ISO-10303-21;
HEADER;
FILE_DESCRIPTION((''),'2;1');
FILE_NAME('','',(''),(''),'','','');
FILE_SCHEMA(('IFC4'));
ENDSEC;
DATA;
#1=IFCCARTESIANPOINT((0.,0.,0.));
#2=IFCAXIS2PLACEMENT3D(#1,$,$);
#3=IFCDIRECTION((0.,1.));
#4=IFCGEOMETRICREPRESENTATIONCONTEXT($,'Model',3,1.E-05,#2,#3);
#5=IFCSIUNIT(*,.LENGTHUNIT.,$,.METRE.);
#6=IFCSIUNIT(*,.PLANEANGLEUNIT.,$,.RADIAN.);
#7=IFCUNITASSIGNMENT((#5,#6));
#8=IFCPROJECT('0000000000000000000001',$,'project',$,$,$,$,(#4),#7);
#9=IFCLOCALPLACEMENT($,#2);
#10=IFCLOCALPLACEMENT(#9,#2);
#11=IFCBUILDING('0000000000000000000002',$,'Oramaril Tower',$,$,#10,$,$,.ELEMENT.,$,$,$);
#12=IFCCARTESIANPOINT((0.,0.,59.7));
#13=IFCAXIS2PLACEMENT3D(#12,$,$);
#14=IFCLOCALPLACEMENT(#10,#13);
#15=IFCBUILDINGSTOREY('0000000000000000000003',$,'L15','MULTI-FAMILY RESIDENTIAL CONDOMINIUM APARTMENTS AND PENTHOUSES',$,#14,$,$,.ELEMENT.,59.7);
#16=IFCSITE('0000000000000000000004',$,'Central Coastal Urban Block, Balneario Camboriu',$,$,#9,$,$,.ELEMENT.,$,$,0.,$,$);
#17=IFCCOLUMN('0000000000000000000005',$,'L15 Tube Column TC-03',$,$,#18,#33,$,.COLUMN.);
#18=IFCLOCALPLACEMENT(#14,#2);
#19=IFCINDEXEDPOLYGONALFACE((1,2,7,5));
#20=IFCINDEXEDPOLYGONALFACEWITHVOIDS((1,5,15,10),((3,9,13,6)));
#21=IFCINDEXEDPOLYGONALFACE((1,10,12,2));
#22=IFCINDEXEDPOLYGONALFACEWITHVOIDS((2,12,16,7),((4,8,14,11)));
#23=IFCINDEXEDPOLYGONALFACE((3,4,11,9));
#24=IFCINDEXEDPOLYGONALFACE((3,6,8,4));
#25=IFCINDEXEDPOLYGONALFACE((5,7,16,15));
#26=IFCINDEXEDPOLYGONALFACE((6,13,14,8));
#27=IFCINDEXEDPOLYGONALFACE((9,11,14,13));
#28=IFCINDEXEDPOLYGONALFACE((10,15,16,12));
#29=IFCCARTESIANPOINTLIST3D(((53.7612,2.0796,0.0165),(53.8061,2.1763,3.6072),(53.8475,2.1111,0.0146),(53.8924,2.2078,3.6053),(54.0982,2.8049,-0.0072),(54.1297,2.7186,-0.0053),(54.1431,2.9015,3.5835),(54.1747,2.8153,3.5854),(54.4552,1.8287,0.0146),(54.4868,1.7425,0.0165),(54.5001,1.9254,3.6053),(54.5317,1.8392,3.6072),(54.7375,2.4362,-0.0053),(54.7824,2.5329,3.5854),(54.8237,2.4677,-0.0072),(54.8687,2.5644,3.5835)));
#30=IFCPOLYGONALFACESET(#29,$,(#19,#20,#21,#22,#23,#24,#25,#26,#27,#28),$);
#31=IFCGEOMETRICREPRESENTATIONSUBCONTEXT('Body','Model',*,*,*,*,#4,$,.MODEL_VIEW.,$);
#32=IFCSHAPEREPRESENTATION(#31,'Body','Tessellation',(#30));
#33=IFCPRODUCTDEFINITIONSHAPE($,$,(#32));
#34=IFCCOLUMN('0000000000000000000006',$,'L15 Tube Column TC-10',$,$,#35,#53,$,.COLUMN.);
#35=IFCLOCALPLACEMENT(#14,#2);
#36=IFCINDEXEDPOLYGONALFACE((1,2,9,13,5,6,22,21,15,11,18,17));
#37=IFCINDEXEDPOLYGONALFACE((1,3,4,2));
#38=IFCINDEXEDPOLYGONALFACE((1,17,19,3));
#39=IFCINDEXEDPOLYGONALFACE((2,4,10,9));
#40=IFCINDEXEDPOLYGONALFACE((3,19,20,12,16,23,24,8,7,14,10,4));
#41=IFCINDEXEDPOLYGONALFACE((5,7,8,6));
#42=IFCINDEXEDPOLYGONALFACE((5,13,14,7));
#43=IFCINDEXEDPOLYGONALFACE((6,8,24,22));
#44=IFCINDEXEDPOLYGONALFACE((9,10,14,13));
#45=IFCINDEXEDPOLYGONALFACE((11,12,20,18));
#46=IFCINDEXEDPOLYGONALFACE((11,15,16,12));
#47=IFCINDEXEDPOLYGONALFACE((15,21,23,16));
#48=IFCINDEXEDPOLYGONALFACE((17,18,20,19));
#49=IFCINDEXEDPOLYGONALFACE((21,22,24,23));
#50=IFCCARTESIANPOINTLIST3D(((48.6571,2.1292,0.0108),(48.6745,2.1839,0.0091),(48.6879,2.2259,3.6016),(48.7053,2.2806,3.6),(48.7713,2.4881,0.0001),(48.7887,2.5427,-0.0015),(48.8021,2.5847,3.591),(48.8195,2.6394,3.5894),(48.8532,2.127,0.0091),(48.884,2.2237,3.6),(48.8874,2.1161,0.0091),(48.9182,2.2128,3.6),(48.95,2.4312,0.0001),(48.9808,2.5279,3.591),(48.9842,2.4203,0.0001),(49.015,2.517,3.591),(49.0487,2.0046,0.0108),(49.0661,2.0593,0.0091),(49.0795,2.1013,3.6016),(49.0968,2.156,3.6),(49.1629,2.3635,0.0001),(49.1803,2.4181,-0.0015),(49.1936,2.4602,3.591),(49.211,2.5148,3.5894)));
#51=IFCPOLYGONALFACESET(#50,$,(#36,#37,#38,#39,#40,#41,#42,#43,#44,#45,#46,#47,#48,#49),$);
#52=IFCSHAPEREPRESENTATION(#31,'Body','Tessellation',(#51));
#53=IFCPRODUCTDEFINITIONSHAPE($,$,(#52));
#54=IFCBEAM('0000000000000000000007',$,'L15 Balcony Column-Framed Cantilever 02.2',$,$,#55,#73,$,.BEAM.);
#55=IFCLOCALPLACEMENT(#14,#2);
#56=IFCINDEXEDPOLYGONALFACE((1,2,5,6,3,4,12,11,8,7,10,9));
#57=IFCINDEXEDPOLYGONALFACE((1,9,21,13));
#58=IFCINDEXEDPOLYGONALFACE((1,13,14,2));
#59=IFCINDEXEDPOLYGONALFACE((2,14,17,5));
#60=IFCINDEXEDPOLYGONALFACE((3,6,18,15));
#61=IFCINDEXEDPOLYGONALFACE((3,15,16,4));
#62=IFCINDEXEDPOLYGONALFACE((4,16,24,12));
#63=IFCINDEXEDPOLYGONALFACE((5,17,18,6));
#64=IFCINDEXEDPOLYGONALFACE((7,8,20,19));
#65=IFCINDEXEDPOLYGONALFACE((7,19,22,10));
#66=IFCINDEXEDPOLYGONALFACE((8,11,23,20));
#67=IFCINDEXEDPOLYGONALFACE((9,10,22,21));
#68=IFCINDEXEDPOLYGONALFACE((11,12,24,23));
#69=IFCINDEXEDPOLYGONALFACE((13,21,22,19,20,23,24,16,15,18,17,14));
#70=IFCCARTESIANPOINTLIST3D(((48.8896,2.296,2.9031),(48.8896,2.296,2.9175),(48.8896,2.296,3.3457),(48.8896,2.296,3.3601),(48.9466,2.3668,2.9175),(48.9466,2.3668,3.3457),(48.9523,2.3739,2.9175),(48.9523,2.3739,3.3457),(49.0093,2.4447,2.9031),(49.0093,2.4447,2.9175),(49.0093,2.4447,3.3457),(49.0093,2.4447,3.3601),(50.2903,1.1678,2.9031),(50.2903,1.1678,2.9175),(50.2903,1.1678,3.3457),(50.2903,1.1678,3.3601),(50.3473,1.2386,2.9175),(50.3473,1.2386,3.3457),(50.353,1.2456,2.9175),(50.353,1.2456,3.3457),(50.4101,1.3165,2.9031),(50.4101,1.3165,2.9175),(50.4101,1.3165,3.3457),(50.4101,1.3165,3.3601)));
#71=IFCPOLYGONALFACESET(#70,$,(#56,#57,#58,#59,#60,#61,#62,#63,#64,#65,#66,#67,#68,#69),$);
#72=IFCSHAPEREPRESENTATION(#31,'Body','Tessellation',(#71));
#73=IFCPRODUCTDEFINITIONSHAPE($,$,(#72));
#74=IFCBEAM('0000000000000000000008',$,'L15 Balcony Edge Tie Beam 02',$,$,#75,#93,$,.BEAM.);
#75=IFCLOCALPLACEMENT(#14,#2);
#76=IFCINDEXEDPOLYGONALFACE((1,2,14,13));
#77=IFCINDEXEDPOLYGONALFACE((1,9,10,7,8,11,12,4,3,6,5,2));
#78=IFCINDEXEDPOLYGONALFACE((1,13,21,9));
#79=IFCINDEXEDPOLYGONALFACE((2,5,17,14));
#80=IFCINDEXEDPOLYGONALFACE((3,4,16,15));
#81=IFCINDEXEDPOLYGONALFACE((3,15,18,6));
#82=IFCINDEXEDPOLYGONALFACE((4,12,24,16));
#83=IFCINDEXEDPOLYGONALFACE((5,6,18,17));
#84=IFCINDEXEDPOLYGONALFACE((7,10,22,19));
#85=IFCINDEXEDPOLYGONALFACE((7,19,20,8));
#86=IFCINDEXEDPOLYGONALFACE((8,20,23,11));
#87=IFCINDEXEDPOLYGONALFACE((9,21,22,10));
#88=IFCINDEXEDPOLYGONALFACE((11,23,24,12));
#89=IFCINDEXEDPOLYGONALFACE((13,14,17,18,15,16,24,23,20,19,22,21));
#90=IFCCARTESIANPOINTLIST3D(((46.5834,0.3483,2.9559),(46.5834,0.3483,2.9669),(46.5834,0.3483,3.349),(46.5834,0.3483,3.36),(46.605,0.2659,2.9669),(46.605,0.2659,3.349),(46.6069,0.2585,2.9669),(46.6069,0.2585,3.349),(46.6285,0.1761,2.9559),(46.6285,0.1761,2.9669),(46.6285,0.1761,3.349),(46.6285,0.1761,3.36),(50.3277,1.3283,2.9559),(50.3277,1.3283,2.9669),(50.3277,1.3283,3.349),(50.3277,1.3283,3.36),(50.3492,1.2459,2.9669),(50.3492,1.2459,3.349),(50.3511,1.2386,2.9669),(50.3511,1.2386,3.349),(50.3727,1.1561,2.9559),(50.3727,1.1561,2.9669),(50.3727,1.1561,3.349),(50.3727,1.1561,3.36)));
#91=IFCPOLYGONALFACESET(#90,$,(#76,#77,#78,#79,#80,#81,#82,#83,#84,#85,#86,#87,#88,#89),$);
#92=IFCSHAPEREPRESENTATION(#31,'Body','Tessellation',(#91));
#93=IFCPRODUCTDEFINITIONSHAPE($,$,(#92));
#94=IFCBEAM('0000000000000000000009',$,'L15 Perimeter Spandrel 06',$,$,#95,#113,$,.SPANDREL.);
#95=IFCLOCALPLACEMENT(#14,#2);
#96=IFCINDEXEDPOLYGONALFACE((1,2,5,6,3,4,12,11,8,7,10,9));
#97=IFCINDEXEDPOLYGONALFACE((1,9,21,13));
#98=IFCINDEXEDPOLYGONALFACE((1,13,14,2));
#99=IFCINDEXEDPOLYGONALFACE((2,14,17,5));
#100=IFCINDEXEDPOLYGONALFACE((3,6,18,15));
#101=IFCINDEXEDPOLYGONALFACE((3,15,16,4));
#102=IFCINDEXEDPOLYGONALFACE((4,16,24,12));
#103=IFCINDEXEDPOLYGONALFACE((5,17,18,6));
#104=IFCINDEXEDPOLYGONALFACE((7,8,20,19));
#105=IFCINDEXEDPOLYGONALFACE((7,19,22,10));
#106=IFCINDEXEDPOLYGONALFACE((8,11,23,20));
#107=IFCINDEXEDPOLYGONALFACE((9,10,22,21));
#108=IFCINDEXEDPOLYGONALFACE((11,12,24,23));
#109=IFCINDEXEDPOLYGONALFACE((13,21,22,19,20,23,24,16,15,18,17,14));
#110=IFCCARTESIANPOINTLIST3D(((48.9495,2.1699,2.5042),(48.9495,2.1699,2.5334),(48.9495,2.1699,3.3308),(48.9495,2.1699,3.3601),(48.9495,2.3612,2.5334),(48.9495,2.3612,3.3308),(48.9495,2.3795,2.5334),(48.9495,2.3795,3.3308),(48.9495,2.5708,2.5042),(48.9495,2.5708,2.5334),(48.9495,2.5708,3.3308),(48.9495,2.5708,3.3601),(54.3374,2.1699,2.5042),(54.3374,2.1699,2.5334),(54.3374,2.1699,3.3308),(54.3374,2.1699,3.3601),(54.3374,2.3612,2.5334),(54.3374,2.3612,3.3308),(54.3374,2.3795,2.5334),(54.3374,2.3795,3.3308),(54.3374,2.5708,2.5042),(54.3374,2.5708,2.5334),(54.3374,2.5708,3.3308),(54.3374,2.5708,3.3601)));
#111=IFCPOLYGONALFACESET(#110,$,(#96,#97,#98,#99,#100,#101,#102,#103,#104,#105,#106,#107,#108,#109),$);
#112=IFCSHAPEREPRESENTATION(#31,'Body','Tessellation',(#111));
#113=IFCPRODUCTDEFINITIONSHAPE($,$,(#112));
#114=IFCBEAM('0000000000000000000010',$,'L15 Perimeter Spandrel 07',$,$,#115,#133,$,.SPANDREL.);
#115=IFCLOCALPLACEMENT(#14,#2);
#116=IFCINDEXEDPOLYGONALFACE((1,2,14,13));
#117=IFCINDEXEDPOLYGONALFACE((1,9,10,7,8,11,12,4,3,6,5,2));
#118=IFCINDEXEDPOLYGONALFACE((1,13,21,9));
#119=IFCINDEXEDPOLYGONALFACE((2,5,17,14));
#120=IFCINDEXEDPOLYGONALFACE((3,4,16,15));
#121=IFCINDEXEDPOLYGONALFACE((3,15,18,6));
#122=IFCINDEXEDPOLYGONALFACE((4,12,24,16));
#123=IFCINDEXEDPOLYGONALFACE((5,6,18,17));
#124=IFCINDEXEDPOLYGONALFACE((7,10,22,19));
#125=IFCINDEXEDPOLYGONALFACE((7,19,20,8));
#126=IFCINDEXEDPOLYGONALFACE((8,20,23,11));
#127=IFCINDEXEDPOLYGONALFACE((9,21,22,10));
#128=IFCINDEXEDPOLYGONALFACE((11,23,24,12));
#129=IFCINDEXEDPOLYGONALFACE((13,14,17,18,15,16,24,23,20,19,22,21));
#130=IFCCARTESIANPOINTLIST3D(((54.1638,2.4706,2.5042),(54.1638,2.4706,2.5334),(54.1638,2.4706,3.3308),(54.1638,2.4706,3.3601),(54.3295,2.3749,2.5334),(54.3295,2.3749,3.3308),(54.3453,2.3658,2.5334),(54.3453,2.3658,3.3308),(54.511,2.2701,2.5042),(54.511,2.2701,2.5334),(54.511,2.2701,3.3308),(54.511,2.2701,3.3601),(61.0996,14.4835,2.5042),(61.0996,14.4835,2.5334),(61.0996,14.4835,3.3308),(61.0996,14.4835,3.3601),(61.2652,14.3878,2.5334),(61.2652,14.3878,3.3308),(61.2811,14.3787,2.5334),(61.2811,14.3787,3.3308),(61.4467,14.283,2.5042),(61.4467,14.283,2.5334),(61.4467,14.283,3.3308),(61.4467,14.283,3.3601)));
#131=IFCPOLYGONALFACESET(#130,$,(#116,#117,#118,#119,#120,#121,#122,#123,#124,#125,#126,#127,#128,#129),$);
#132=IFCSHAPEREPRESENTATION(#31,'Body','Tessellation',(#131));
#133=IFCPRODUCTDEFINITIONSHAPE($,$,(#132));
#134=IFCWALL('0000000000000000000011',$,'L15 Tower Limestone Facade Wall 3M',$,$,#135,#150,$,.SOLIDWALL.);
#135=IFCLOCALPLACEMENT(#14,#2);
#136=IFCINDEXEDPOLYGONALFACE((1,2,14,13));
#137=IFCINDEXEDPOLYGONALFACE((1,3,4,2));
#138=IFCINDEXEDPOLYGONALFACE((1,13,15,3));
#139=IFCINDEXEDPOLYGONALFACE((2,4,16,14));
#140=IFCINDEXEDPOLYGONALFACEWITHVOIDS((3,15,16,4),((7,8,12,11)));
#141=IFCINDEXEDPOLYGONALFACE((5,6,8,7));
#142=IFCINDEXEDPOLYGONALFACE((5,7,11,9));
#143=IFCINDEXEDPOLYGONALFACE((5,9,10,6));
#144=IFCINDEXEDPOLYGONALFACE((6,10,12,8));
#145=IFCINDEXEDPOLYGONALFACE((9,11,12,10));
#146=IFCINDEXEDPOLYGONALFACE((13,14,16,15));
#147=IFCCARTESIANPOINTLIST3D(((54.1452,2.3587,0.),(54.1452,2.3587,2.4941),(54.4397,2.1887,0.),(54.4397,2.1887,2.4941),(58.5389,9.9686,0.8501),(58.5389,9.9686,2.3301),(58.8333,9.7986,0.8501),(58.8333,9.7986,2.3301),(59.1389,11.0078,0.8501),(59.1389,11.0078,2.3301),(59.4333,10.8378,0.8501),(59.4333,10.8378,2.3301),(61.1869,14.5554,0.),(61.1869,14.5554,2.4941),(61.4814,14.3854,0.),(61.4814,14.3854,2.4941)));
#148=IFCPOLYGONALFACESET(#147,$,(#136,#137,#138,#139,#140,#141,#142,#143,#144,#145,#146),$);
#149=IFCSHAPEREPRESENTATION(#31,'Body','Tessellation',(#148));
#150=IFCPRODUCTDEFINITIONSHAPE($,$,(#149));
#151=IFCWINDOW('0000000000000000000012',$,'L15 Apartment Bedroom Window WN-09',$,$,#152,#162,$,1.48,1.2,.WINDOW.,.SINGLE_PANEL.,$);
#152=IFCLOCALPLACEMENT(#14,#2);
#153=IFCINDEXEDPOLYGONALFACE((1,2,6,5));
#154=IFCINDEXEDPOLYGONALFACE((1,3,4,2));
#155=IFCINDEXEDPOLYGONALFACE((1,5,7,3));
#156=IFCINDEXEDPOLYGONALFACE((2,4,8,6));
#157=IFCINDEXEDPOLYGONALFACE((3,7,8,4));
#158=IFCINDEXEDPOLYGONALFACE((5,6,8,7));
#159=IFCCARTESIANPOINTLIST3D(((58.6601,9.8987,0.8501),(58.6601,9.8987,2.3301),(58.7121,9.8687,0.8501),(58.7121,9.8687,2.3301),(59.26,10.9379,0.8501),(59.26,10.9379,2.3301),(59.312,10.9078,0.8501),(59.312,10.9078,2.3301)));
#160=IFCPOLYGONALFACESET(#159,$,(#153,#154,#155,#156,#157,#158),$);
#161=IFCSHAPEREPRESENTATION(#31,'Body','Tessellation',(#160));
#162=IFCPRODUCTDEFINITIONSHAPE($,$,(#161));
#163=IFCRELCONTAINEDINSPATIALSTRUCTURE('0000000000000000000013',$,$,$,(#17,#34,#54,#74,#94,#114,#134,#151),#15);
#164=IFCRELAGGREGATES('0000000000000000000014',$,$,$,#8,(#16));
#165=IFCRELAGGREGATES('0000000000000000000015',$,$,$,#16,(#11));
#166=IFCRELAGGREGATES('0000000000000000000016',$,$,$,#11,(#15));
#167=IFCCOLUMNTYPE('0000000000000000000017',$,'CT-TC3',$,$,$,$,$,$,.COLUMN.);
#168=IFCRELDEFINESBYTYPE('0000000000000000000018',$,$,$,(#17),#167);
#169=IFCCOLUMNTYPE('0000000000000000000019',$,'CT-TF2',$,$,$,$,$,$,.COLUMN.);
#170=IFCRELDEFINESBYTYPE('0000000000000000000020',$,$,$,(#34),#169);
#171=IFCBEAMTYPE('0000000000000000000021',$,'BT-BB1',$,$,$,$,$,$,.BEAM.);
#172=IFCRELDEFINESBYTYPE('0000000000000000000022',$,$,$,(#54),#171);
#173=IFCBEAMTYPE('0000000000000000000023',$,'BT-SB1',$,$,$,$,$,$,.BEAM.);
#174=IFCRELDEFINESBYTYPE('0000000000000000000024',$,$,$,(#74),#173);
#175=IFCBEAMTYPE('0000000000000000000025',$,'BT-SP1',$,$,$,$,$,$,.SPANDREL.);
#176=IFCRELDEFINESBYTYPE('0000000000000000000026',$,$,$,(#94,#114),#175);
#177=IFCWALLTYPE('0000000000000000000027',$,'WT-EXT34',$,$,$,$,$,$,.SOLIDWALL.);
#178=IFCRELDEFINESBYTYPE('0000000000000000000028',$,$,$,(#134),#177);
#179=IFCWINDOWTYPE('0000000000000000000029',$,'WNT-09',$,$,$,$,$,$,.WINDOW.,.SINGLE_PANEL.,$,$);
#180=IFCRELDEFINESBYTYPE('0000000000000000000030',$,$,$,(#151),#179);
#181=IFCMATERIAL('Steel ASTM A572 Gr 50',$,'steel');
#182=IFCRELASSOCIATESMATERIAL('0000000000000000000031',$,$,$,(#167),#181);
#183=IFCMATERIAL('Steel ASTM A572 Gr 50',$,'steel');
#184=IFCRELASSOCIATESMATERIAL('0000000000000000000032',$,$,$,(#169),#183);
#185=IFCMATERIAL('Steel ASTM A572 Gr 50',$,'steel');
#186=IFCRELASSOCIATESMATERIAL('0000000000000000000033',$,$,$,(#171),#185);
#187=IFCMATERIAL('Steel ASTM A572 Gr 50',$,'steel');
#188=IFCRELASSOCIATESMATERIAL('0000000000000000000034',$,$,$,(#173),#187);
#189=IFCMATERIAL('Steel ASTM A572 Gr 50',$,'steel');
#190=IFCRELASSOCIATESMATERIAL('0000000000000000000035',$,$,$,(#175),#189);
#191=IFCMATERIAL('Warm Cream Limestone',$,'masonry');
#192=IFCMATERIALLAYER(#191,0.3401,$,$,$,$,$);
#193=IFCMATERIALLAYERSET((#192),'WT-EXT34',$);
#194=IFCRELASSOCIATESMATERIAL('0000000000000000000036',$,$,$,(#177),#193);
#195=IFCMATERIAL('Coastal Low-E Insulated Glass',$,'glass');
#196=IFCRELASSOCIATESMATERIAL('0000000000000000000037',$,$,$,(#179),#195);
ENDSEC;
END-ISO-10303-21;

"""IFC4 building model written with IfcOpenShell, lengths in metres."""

from ifc_helpers import new_model, si_unit, direction, frame, frame_2d, origin, origin_2d, place, context, subcontext, project, spatial, rectangle, hollow_rectangle, i_section, extrude, material, layer, layer_set, material_profile, profile_set, type_object, element, fill, save


model = new_model("IFC4")

# Units and contexts
model_context = context("Model", 3, precision=1e-05, world=origin(), true_north=direction((0.0, 1.0)))
body_context = subcontext(model_context, "Body", "Model", "MODEL_VIEW")
ifc_project = project(units=[si_unit("LENGTHUNIT", "METRE"), si_unit("PLANEANGLEUNIT", "RADIAN")], contexts=[model_context])

# Site, building, storey
site_placement = place(None, origin())
site = spatial("IfcSite", under=ifc_project, at=site_placement, Name="Central Coastal Urban Block, Balneario Camboriu", CompositionType="ELEMENT", RefElevation=0.0)
building_placement = place(site_placement, origin())
building = spatial("IfcBuilding", under=site, at=building_placement, Name="Oramaril Tower", CompositionType="ELEMENT")
storey_placement = place(building_placement, frame((0.0, 0.0, 59.7)))
storey = spatial("IfcBuildingStorey", under=building, at=storey_placement, Name="L15", Description="MULTI-FAMILY RESIDENTIAL CONDOMINIUM APARTMENTS AND PENTHOUSES", CompositionType="ELEMENT", Elevation=59.7)

# Columns
ifc_material_1 = material(Name="Steel ASTM A572 Gr 50", Category="steel")
ifc_material_profile_1 = material_profile(ifc_material_1, hollow_rectangle(XDim=0.8, YDim=0.8, WallThickness=0.0649, at=origin_2d()), Name="BOX800X800X65")
ifc_profile_set_1 = profile_set([ifc_material_profile_1], Name="Steel ASTM A572 Gr 50")
column_type_1 = type_object("IfcColumnType", Name="CT-TC3", PredefinedType="COLUMN", material=ifc_profile_set_1)
column_1_placement = place(storey_placement, frame((54.2925, 2.2737, 0.0046), z_axis=(0.012505, 0.026912, 0.99956), x_axis=(-0.906884, 0.42138, 0.0)))
element("IfcColumn", 1, at=column_1_placement, inside=storey, type_object=column_type_1, Name="L15 Tube Column TC-03", PredefinedType="COLUMN", context=body_context, shape_type="SweptSolid", body=[
    extrude(hollow_rectangle(XDim=0.8, YDim=0.8, WallThickness=0.0649, at=origin_2d()), origin(), (0.0, 0.0, 1.0), 3.5923),
])
ifc_material_2 = material(Name="Steel ASTM A572 Gr 50", Category="steel")
ifc_material_profile_2 = material_profile(ifc_material_2, i_section(OverallWidth=0.4109, OverallDepth=0.4341, WebThickness=0.0359, FlangeThickness=0.0574, at=origin_2d()), Name="W14X311")
ifc_profile_set_2 = profile_set([ifc_material_profile_2], Name="Steel ASTM A572 Gr 50")
column_type_2 = type_object("IfcColumnType", Name="CT-TF2", PredefinedType="COLUMN", material=ifc_profile_set_2)
column_2_placement = place(storey_placement, frame((48.9187, 2.2737, 0.0046), z_axis=(0.008563, 0.026913, 0.999601), x_axis=(-0.952926, 0.303204, 0.0)))
element("IfcColumn", 2, at=column_2_placement, inside=storey, type_object=column_type_2, Name="L15 Tube Column TC-10", PredefinedType="COLUMN", context=body_context, shape_type="SweptSolid", body=[
    extrude(i_section(OverallWidth=0.4109, OverallDepth=0.4341, WebThickness=0.0359, FlangeThickness=0.0574, at=origin_2d()), origin(), (0.0, 0.0, 1.0), 3.5923),
])

# Beams
ifc_material_3 = material(Name="Steel ASTM A572 Gr 50", Category="steel")
ifc_material_profile_3 = material_profile(ifc_material_3, i_section(OverallWidth=0.1909, OverallDepth=0.457, WebThickness=0.009, FlangeThickness=0.0144, at=origin_2d()), Name="W18X50")
ifc_profile_set_3 = profile_set([ifc_material_profile_3], Name="Steel ASTM A572 Gr 50")
beam_type_1 = type_object("IfcBeamType", Name="BT-BB1", PredefinedType="BEAM", material=ifc_profile_set_3)
beam_1_placement = place(storey_placement, frame((48.9495, 2.3704, 3.1316), z_axis=(0.778785, -0.627291, 0.0), x_axis=(0.627291, 0.778785, 0.0)))
element("IfcBeam", 3, at=beam_1_placement, inside=storey, type_object=beam_type_1, Name="L15 Balcony Column-Framed Cantilever 02.2", PredefinedType="BEAM", context=body_context, shape_type="SweptSolid", body=[
    extrude(i_section(OverallWidth=0.1909, OverallDepth=0.457, WebThickness=0.009, FlangeThickness=0.0144, at=origin_2d()), origin(), (0.0, 0.0, 1.0), 1.7986),
])
ifc_material_4 = material(Name="Steel ASTM A572 Gr 50", Category="steel")
ifc_material_profile_4 = material_profile(ifc_material_4, i_section(OverallWidth=0.178, OverallDepth=0.4041, WebThickness=0.0076, FlangeThickness=0.011, at=origin_2d()), Name="W16X36")
ifc_profile_set_4 = profile_set([ifc_material_profile_4], Name="Steel ASTM A572 Gr 50")
beam_type_2 = type_object("IfcBeamType", Name="BT-SB1", PredefinedType="BEAM", material=ifc_profile_set_4)
beam_2_placement = place(storey_placement, frame((46.606, 0.2622, 3.158), z_axis=(0.967412, 0.253208, 0.0), x_axis=(-0.253208, 0.967412, 0.0)))
element("IfcBeam", 4, at=beam_2_placement, inside=storey, type_object=beam_type_2, Name="L15 Balcony Edge Tie Beam 02", PredefinedType="BEAM", context=body_context, shape_type="SweptSolid", body=[
    extrude(i_section(OverallWidth=0.178, OverallDepth=0.4041, WebThickness=0.0076, FlangeThickness=0.011, at=origin_2d()), origin(), (0.0, 0.0, 1.0), 3.8704),
])
ifc_material_5 = material(Name="Steel ASTM A572 Gr 50", Category="steel")
ifc_material_profile_5 = material_profile(ifc_material_5, i_section(OverallWidth=0.4009, OverallDepth=0.856, WebThickness=0.0183, FlangeThickness=0.0293, at=origin_2d()), Name="W33X201")
ifc_profile_set_5 = profile_set([ifc_material_profile_5], Name="Steel ASTM A572 Gr 50")
beam_type_3 = type_object("IfcBeamType", Name="BT-SP1", PredefinedType="SPANDREL", material=ifc_profile_set_5)
beam_3_placement = place(storey_placement, frame((48.9495, 2.3704, 2.9321), z_axis=(1.0, 0.0, 0.0), x_axis=(0.0, 1.0, 0.0)))
element("IfcBeam", 5, at=beam_3_placement, inside=storey, type_object=beam_type_3, Name="L15 Perimeter Spandrel 06", PredefinedType="SPANDREL", context=body_context, shape_type="SweptSolid", body=[
    extrude(i_section(OverallWidth=0.4009, OverallDepth=0.856, WebThickness=0.0183, FlangeThickness=0.0293, at=origin_2d()), origin(), (0.0, 0.0, 1.0), 5.3879),
])
beam_4_placement = place(storey_placement, frame((54.3374, 2.3704, 2.9321), z_axis=(0.500006, 0.866022, 0.0), x_axis=(-0.866022, 0.500006, 0.0)))
element("IfcBeam", 6, at=beam_4_placement, inside=storey, type_object=beam_type_3, Name="L15 Perimeter Spandrel 07", PredefinedType="SPANDREL", context=body_context, shape_type="SweptSolid", body=[
    extrude(i_section(OverallWidth=0.4009, OverallDepth=0.856, WebThickness=0.0183, FlangeThickness=0.0293, at=origin_2d()), origin(), (0.0, 0.0, 1.0), 13.8713),
])

# Wall, opening, window
ifc_material_6 = material(Name="Warm Cream Limestone", Category="masonry")
ifc_layer_1 = layer(ifc_material_6, 0.3401)
ifc_layer_set_1 = layer_set([ifc_layer_1], Name="WT-EXT34")
wall_type_1 = type_object("IfcWallType", Name="WT-EXT34", PredefinedType="SOLIDWALL", material=ifc_layer_set_1)
wall_1_placement = place(storey_placement, frame((54.2925, 2.2737, 0.0), z_axis=(0.0, 0.0, 1.0), x_axis=(0.499997, 0.866027, 0.0)))
wall_1 = element("IfcWall", 7, at=wall_1_placement, inside=storey, type_object=wall_type_1, Name="L15 Tower Limestone Facade Wall 3M", PredefinedType="SOLIDWALL", context=body_context, shape_type="SweptSolid", body=[
    extrude(rectangle(XDim=14.0835, YDim=0.3401, at=frame_2d((7.0417, 0.0))), origin(), (0.0, 0.0, 1.0), 2.4941),
])
opening_1_placement = place(wall_1_placement, frame((8.7871, 0.0, 0.8501)))
opening_1 = element("IfcOpeningElement", 8, at=opening_1_placement, cuts=wall_1, PredefinedType="OPENING", context=body_context, shape_type="SweptSolid", body=[
    extrude(rectangle(XDim=1.2, YDim=1.48, at=frame_2d((0.6001, 0.74))), frame((0.0, 0.1699, 0.0), z_axis=(0.0, -1.0, 0.0), x_axis=(1.0, 0.0, 0.0)), (0.0, 0.0, 1.0), 0.3401),
])
ifc_material_7 = material(Name="Coastal Low-E Insulated Glass", Category="glass")
window_type = type_object("IfcWindowType", Name="WNT-09", PartitioningType="SINGLE_PANEL", PredefinedType="WINDOW", material=ifc_material_7)
window_placement = place(opening_1_placement, origin())
window = element("IfcWindow", 9, at=window_placement, inside=storey, type_object=window_type, Name="L15 Apartment Bedroom Window WN-09", OverallHeight=1.48, OverallWidth=1.2, PartitioningType="SINGLE_PANEL", PredefinedType="WINDOW", context=body_context, shape_type="SweptSolid", body=[
    extrude(rectangle(XDim=1.2, YDim=1.48, at=frame_2d((0.6001, 0.74))), frame((0.0, 0.03, 0.0), z_axis=(0.0, -1.0, 0.0), x_axis=(1.0, 0.0, 0.0)), (0.0, 0.0, 1.0), 0.0601),
])
fill(opening_1, window)

save(model, "model.ifc")
